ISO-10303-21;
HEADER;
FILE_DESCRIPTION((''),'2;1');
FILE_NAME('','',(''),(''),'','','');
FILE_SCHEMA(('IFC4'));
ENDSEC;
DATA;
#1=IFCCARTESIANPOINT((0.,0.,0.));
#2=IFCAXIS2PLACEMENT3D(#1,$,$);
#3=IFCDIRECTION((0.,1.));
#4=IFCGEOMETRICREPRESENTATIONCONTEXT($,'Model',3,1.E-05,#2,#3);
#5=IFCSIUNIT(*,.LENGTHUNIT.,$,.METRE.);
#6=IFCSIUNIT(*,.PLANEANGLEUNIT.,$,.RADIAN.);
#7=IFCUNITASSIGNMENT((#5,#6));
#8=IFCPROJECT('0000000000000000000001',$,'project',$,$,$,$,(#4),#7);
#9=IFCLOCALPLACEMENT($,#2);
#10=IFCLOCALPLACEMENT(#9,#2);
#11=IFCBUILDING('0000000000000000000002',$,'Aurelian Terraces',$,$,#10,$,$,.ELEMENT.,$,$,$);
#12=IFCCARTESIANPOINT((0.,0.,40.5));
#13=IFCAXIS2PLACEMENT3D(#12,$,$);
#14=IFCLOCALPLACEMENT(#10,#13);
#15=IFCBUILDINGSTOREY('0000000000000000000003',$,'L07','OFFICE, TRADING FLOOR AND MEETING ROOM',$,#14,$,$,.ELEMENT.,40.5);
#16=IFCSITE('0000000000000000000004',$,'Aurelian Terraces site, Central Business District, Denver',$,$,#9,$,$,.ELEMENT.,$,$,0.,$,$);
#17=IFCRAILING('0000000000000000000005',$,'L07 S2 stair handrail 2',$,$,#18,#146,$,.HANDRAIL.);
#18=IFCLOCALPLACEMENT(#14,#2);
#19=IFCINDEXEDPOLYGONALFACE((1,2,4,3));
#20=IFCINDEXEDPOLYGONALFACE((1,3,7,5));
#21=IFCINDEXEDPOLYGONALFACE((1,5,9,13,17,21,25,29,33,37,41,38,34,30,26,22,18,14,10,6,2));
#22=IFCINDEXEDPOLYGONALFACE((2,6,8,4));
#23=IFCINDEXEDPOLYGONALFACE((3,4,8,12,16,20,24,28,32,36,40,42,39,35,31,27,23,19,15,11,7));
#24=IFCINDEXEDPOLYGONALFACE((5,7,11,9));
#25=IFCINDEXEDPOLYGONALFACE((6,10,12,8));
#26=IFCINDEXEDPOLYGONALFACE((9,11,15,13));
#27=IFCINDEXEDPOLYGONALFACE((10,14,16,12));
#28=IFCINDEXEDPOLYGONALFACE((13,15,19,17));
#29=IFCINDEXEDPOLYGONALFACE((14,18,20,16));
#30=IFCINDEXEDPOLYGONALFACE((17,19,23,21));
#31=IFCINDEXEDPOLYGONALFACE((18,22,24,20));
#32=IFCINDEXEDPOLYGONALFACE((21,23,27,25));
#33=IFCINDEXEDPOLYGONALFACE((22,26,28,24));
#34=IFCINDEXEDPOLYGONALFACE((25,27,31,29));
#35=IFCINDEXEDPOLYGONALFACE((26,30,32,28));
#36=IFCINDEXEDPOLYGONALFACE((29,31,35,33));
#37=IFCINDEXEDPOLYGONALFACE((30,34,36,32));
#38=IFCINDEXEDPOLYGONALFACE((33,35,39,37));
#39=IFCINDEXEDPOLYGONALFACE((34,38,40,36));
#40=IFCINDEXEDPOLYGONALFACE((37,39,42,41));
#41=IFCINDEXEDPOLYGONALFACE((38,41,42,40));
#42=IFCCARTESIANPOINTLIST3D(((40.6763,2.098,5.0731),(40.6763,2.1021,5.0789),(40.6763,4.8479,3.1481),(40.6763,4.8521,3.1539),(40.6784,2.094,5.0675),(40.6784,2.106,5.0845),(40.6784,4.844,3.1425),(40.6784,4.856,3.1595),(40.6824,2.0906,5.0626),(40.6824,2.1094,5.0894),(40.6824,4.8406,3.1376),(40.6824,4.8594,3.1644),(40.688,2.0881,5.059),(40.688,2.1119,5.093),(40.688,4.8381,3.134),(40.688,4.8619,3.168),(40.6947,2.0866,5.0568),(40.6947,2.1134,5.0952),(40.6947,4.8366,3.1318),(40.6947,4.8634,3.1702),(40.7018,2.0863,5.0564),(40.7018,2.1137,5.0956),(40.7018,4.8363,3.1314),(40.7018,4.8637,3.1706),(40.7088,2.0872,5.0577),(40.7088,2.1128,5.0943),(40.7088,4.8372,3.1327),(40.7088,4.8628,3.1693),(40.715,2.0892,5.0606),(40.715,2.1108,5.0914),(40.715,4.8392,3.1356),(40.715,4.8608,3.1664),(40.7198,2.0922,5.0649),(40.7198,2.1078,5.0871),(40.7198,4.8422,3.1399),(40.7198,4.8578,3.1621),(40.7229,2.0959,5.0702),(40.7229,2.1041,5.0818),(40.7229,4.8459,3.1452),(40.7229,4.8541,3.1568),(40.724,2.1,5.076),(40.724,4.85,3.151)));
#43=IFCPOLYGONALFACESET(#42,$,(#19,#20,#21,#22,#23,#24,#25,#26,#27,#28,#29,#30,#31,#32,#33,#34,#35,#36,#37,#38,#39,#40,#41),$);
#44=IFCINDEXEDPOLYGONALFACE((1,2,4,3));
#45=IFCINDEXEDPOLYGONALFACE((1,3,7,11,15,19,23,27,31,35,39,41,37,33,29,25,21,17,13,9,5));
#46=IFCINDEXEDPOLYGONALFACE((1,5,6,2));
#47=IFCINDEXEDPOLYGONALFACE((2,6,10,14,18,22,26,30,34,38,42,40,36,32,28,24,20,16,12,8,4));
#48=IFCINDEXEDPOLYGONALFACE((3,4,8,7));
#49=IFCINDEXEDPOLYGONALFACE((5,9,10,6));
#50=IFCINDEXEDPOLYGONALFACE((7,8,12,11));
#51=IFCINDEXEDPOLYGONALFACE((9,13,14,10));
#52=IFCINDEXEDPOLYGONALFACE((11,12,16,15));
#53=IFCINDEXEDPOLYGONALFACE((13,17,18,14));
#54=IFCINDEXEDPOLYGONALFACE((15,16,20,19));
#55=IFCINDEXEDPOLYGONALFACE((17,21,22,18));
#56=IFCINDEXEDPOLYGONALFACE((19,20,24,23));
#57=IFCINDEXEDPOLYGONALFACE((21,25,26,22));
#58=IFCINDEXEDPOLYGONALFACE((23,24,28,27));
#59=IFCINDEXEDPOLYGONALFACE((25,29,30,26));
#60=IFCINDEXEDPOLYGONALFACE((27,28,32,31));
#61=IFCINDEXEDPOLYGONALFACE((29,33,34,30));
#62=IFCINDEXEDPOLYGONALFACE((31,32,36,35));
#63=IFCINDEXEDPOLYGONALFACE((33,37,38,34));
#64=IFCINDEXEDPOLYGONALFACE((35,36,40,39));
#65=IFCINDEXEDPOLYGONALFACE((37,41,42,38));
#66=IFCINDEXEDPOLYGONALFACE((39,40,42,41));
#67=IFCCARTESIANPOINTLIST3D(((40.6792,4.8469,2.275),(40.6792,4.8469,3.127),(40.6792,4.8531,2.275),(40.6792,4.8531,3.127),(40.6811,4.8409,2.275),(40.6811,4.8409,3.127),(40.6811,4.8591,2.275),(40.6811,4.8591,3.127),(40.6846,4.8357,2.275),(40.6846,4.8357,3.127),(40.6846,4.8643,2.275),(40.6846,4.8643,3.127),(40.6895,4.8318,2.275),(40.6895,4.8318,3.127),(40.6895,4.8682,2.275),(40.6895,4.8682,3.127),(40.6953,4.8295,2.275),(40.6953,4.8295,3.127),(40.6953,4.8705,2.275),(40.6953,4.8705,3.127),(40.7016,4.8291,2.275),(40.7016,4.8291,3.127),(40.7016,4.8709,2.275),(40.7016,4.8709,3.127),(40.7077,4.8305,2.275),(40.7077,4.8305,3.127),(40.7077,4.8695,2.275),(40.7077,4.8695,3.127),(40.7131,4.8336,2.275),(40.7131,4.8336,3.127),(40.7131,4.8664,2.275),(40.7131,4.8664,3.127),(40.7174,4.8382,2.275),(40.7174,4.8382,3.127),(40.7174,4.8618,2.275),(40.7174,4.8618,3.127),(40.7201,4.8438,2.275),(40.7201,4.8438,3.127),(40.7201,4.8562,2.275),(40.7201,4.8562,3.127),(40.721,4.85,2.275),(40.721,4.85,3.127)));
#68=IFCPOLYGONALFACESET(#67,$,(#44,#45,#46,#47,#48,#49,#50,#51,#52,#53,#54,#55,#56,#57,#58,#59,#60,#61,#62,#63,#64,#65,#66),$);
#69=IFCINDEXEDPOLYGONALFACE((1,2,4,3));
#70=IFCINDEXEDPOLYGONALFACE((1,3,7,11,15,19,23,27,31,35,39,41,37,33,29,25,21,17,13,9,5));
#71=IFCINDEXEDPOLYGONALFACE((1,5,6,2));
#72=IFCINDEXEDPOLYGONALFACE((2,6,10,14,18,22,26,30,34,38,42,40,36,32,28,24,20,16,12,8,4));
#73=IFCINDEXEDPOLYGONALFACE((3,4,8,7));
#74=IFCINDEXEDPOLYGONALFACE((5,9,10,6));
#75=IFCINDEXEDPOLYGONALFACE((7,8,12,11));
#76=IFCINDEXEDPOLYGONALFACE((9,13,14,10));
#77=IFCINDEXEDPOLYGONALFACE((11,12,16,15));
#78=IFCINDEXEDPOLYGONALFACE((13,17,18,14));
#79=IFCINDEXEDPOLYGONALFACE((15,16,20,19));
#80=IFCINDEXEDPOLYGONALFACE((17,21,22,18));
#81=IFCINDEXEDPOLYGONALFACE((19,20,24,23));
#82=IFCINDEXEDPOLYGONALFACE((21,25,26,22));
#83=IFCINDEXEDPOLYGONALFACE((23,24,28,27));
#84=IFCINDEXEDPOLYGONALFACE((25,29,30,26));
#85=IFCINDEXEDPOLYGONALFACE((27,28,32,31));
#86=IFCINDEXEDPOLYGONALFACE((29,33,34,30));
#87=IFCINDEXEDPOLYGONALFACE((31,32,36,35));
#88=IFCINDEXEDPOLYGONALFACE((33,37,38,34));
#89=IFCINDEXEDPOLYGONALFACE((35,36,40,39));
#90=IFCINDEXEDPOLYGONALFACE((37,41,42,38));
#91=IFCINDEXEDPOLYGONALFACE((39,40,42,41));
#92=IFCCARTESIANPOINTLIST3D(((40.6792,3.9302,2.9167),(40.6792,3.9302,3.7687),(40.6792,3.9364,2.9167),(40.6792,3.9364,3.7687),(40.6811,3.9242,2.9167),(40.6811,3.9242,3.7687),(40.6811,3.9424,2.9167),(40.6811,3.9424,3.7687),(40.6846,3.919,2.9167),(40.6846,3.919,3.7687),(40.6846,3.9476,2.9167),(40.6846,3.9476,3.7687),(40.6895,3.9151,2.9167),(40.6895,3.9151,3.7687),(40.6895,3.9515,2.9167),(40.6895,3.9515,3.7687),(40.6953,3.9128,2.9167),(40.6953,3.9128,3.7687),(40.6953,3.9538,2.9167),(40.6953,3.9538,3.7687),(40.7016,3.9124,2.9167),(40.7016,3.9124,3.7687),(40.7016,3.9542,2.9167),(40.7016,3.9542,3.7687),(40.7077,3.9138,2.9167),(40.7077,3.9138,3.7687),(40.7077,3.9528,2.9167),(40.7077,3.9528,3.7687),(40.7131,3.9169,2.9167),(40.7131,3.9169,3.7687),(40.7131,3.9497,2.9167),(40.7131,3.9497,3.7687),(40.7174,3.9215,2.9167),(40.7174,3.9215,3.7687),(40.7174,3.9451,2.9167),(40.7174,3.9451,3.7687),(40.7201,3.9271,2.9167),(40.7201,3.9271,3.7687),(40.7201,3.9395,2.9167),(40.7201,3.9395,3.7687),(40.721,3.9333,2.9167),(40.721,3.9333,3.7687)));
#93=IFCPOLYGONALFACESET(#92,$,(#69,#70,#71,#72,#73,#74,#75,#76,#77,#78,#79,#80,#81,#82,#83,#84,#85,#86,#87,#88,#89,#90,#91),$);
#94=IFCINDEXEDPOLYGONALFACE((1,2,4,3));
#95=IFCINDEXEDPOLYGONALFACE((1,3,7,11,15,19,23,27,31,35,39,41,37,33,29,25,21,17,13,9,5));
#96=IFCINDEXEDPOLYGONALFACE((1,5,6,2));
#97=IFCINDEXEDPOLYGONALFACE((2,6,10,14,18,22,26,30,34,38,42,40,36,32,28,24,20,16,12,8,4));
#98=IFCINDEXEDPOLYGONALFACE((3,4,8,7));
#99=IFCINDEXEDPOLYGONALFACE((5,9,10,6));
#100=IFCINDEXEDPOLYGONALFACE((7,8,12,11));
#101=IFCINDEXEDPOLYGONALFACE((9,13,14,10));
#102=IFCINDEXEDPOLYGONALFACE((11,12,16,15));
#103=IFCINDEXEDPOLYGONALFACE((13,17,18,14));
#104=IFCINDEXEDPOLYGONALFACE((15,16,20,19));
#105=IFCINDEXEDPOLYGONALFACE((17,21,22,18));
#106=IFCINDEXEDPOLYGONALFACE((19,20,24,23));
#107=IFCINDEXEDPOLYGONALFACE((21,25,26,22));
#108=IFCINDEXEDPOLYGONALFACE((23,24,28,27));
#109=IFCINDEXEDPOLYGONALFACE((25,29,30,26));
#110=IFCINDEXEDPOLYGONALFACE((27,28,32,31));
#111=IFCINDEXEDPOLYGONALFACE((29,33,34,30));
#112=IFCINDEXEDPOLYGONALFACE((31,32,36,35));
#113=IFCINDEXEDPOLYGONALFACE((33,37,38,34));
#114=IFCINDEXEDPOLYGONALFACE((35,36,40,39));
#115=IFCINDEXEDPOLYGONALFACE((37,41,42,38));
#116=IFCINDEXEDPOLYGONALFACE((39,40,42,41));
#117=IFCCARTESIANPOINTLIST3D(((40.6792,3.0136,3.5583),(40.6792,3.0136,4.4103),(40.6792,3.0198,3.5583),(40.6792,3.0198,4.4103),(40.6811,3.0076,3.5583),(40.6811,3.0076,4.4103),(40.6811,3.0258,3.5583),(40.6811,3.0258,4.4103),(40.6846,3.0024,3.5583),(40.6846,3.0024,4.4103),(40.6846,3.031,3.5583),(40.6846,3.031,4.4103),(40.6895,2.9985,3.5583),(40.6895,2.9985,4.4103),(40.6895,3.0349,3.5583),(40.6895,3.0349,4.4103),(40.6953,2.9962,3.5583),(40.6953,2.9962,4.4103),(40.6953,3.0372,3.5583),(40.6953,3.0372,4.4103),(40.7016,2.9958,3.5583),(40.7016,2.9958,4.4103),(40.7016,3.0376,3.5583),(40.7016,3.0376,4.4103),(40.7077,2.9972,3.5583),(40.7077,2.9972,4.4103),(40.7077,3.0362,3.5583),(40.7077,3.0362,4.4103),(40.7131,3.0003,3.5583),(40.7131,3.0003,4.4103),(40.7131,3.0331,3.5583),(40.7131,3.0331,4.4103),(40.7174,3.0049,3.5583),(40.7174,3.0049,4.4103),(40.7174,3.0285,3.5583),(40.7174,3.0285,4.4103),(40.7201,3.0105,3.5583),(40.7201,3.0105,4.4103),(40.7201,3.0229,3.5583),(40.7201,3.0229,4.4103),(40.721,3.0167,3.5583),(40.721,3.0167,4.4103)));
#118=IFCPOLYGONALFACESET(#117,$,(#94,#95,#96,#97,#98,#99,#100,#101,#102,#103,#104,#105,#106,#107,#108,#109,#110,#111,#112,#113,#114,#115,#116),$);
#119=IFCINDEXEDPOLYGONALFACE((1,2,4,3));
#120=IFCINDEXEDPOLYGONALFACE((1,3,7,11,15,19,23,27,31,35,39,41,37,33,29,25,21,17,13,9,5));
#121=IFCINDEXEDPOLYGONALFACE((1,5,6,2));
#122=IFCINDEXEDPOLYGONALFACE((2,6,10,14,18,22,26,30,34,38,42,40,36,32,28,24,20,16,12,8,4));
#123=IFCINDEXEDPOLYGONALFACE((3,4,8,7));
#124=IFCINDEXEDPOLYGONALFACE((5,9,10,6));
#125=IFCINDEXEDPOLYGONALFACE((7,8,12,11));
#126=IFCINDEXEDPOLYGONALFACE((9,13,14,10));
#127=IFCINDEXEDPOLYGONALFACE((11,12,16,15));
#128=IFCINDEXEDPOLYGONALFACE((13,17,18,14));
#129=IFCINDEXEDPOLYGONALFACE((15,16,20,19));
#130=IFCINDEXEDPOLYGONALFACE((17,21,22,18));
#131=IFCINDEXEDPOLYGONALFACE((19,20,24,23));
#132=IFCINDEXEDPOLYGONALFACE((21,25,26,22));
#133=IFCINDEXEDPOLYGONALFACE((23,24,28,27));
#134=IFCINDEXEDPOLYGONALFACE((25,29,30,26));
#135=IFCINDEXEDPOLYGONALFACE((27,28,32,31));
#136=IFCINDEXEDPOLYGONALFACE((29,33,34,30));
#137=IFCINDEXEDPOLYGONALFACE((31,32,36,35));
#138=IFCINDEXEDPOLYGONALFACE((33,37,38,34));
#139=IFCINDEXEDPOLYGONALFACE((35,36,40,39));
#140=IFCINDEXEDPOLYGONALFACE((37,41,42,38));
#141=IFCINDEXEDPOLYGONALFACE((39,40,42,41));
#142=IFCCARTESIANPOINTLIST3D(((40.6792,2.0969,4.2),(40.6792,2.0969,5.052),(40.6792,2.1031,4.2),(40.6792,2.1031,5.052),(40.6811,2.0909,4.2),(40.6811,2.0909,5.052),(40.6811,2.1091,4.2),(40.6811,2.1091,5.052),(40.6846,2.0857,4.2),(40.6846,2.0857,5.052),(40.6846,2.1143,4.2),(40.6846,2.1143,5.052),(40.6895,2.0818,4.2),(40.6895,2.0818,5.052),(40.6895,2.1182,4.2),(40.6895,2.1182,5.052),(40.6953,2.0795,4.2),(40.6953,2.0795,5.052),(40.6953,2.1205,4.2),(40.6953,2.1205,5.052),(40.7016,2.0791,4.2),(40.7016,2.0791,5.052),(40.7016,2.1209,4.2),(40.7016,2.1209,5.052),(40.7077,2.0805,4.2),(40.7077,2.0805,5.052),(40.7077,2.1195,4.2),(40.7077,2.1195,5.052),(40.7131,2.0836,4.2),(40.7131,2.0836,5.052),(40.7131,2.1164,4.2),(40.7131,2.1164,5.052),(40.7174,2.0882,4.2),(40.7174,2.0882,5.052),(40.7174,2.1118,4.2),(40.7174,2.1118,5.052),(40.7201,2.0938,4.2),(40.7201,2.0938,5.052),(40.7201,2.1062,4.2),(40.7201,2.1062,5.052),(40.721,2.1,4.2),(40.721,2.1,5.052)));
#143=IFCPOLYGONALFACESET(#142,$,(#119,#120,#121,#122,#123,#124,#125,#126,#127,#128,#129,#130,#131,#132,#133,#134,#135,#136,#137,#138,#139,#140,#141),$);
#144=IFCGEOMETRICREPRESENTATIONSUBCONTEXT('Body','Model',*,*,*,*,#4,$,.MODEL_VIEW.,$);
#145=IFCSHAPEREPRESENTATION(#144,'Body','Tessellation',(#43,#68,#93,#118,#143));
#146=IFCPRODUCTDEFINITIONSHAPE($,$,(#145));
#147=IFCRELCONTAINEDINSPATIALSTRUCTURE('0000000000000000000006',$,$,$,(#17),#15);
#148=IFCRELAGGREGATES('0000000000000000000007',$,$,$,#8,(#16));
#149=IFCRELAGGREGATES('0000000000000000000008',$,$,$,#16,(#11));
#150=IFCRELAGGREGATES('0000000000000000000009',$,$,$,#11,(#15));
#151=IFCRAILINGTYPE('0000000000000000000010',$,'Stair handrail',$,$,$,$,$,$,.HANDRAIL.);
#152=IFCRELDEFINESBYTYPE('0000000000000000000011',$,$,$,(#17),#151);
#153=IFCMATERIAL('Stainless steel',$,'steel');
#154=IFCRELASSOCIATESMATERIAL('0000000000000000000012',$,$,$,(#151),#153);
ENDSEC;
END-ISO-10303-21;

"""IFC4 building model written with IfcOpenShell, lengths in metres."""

from ifc_helpers import new_model, si_unit, direction, frame, origin, origin_2d, place, context, subcontext, project, spatial, circle, extrude, source, transform, mapped, material, type_object, element, save


model = new_model("IFC4")

# Units and contexts
model_context = context("Model", 3, precision=1e-05, world=origin(), true_north=direction((0.0, 1.0)))
body_context = subcontext(model_context, "Body", "Model", "MODEL_VIEW")
ifc_project = project(units=[si_unit("LENGTHUNIT", "METRE"), si_unit("PLANEANGLEUNIT", "RADIAN")], contexts=[model_context])

# Site, building, storey
site_placement = place(None, origin())
site = spatial("IfcSite", under=ifc_project, at=site_placement, Name="Aurelian Terraces site, Central Business District, Denver", CompositionType="ELEMENT", RefElevation=0.0)
building_placement = place(site_placement, origin())
building = spatial("IfcBuilding", under=site, at=building_placement, Name="Aurelian Terraces", CompositionType="ELEMENT")
storey_placement = place(building_placement, frame((0.0, 0.0, 40.5)))
storey = spatial("IfcBuildingStorey", under=building, at=storey_placement, Name="L07", Description="OFFICE, TRADING FLOOR AND MEETING ROOM", CompositionType="ELEMENT", Elevation=40.5)

# Railing
ifc_material_1 = material(Name="Stainless steel", Category="steel")
railing_type_1 = type_object("IfcRailingType", Name="Stair handrail", PredefinedType="HANDRAIL", material=ifc_material_1)
shared_shape_1 = source(origin(), body_context, "Body", "SweptSolid", [
    extrude(circle(Radius=0.024, at=origin_2d()), frame((0.0, 0.0, 0.876), z_axis=(0.0, -0.819232, 0.573462), x_axis=(1.0, 0.0, 0.0)), (0.0, 0.0, 1.0), 3.3568),
    extrude(circle(Radius=0.021, at=origin_2d()), origin(), (0.0, 0.0, 1.0), 0.852),
    extrude(circle(Radius=0.021, at=origin_2d()), frame((0.0, -0.9167, 0.6417)), (0.0, 0.0, 1.0), 0.852),
    extrude(circle(Radius=0.021, at=origin_2d()), frame((0.0, -1.8333, 1.2833)), (0.0, 0.0, 1.0), 0.852),
    extrude(circle(Radius=0.021, at=origin_2d()), frame((0.0, -2.75, 1.925)), (0.0, 0.0, 1.0), 0.852),
])
railing_1_placement = place(storey_placement, frame((40.7, 4.85, 2.275)))
element("IfcRailing", 1, at=railing_1_placement, inside=storey, type_object=railing_type_1, Name="L07 S2 stair handrail 2", PredefinedType="HANDRAIL", context=body_context, shape_type="MappedRepresentation", body=[
    mapped(shared_shape_1, transform((0.0, 0.0, 0.0), scale=1.0)),
])

save(model, "model.ifc")
